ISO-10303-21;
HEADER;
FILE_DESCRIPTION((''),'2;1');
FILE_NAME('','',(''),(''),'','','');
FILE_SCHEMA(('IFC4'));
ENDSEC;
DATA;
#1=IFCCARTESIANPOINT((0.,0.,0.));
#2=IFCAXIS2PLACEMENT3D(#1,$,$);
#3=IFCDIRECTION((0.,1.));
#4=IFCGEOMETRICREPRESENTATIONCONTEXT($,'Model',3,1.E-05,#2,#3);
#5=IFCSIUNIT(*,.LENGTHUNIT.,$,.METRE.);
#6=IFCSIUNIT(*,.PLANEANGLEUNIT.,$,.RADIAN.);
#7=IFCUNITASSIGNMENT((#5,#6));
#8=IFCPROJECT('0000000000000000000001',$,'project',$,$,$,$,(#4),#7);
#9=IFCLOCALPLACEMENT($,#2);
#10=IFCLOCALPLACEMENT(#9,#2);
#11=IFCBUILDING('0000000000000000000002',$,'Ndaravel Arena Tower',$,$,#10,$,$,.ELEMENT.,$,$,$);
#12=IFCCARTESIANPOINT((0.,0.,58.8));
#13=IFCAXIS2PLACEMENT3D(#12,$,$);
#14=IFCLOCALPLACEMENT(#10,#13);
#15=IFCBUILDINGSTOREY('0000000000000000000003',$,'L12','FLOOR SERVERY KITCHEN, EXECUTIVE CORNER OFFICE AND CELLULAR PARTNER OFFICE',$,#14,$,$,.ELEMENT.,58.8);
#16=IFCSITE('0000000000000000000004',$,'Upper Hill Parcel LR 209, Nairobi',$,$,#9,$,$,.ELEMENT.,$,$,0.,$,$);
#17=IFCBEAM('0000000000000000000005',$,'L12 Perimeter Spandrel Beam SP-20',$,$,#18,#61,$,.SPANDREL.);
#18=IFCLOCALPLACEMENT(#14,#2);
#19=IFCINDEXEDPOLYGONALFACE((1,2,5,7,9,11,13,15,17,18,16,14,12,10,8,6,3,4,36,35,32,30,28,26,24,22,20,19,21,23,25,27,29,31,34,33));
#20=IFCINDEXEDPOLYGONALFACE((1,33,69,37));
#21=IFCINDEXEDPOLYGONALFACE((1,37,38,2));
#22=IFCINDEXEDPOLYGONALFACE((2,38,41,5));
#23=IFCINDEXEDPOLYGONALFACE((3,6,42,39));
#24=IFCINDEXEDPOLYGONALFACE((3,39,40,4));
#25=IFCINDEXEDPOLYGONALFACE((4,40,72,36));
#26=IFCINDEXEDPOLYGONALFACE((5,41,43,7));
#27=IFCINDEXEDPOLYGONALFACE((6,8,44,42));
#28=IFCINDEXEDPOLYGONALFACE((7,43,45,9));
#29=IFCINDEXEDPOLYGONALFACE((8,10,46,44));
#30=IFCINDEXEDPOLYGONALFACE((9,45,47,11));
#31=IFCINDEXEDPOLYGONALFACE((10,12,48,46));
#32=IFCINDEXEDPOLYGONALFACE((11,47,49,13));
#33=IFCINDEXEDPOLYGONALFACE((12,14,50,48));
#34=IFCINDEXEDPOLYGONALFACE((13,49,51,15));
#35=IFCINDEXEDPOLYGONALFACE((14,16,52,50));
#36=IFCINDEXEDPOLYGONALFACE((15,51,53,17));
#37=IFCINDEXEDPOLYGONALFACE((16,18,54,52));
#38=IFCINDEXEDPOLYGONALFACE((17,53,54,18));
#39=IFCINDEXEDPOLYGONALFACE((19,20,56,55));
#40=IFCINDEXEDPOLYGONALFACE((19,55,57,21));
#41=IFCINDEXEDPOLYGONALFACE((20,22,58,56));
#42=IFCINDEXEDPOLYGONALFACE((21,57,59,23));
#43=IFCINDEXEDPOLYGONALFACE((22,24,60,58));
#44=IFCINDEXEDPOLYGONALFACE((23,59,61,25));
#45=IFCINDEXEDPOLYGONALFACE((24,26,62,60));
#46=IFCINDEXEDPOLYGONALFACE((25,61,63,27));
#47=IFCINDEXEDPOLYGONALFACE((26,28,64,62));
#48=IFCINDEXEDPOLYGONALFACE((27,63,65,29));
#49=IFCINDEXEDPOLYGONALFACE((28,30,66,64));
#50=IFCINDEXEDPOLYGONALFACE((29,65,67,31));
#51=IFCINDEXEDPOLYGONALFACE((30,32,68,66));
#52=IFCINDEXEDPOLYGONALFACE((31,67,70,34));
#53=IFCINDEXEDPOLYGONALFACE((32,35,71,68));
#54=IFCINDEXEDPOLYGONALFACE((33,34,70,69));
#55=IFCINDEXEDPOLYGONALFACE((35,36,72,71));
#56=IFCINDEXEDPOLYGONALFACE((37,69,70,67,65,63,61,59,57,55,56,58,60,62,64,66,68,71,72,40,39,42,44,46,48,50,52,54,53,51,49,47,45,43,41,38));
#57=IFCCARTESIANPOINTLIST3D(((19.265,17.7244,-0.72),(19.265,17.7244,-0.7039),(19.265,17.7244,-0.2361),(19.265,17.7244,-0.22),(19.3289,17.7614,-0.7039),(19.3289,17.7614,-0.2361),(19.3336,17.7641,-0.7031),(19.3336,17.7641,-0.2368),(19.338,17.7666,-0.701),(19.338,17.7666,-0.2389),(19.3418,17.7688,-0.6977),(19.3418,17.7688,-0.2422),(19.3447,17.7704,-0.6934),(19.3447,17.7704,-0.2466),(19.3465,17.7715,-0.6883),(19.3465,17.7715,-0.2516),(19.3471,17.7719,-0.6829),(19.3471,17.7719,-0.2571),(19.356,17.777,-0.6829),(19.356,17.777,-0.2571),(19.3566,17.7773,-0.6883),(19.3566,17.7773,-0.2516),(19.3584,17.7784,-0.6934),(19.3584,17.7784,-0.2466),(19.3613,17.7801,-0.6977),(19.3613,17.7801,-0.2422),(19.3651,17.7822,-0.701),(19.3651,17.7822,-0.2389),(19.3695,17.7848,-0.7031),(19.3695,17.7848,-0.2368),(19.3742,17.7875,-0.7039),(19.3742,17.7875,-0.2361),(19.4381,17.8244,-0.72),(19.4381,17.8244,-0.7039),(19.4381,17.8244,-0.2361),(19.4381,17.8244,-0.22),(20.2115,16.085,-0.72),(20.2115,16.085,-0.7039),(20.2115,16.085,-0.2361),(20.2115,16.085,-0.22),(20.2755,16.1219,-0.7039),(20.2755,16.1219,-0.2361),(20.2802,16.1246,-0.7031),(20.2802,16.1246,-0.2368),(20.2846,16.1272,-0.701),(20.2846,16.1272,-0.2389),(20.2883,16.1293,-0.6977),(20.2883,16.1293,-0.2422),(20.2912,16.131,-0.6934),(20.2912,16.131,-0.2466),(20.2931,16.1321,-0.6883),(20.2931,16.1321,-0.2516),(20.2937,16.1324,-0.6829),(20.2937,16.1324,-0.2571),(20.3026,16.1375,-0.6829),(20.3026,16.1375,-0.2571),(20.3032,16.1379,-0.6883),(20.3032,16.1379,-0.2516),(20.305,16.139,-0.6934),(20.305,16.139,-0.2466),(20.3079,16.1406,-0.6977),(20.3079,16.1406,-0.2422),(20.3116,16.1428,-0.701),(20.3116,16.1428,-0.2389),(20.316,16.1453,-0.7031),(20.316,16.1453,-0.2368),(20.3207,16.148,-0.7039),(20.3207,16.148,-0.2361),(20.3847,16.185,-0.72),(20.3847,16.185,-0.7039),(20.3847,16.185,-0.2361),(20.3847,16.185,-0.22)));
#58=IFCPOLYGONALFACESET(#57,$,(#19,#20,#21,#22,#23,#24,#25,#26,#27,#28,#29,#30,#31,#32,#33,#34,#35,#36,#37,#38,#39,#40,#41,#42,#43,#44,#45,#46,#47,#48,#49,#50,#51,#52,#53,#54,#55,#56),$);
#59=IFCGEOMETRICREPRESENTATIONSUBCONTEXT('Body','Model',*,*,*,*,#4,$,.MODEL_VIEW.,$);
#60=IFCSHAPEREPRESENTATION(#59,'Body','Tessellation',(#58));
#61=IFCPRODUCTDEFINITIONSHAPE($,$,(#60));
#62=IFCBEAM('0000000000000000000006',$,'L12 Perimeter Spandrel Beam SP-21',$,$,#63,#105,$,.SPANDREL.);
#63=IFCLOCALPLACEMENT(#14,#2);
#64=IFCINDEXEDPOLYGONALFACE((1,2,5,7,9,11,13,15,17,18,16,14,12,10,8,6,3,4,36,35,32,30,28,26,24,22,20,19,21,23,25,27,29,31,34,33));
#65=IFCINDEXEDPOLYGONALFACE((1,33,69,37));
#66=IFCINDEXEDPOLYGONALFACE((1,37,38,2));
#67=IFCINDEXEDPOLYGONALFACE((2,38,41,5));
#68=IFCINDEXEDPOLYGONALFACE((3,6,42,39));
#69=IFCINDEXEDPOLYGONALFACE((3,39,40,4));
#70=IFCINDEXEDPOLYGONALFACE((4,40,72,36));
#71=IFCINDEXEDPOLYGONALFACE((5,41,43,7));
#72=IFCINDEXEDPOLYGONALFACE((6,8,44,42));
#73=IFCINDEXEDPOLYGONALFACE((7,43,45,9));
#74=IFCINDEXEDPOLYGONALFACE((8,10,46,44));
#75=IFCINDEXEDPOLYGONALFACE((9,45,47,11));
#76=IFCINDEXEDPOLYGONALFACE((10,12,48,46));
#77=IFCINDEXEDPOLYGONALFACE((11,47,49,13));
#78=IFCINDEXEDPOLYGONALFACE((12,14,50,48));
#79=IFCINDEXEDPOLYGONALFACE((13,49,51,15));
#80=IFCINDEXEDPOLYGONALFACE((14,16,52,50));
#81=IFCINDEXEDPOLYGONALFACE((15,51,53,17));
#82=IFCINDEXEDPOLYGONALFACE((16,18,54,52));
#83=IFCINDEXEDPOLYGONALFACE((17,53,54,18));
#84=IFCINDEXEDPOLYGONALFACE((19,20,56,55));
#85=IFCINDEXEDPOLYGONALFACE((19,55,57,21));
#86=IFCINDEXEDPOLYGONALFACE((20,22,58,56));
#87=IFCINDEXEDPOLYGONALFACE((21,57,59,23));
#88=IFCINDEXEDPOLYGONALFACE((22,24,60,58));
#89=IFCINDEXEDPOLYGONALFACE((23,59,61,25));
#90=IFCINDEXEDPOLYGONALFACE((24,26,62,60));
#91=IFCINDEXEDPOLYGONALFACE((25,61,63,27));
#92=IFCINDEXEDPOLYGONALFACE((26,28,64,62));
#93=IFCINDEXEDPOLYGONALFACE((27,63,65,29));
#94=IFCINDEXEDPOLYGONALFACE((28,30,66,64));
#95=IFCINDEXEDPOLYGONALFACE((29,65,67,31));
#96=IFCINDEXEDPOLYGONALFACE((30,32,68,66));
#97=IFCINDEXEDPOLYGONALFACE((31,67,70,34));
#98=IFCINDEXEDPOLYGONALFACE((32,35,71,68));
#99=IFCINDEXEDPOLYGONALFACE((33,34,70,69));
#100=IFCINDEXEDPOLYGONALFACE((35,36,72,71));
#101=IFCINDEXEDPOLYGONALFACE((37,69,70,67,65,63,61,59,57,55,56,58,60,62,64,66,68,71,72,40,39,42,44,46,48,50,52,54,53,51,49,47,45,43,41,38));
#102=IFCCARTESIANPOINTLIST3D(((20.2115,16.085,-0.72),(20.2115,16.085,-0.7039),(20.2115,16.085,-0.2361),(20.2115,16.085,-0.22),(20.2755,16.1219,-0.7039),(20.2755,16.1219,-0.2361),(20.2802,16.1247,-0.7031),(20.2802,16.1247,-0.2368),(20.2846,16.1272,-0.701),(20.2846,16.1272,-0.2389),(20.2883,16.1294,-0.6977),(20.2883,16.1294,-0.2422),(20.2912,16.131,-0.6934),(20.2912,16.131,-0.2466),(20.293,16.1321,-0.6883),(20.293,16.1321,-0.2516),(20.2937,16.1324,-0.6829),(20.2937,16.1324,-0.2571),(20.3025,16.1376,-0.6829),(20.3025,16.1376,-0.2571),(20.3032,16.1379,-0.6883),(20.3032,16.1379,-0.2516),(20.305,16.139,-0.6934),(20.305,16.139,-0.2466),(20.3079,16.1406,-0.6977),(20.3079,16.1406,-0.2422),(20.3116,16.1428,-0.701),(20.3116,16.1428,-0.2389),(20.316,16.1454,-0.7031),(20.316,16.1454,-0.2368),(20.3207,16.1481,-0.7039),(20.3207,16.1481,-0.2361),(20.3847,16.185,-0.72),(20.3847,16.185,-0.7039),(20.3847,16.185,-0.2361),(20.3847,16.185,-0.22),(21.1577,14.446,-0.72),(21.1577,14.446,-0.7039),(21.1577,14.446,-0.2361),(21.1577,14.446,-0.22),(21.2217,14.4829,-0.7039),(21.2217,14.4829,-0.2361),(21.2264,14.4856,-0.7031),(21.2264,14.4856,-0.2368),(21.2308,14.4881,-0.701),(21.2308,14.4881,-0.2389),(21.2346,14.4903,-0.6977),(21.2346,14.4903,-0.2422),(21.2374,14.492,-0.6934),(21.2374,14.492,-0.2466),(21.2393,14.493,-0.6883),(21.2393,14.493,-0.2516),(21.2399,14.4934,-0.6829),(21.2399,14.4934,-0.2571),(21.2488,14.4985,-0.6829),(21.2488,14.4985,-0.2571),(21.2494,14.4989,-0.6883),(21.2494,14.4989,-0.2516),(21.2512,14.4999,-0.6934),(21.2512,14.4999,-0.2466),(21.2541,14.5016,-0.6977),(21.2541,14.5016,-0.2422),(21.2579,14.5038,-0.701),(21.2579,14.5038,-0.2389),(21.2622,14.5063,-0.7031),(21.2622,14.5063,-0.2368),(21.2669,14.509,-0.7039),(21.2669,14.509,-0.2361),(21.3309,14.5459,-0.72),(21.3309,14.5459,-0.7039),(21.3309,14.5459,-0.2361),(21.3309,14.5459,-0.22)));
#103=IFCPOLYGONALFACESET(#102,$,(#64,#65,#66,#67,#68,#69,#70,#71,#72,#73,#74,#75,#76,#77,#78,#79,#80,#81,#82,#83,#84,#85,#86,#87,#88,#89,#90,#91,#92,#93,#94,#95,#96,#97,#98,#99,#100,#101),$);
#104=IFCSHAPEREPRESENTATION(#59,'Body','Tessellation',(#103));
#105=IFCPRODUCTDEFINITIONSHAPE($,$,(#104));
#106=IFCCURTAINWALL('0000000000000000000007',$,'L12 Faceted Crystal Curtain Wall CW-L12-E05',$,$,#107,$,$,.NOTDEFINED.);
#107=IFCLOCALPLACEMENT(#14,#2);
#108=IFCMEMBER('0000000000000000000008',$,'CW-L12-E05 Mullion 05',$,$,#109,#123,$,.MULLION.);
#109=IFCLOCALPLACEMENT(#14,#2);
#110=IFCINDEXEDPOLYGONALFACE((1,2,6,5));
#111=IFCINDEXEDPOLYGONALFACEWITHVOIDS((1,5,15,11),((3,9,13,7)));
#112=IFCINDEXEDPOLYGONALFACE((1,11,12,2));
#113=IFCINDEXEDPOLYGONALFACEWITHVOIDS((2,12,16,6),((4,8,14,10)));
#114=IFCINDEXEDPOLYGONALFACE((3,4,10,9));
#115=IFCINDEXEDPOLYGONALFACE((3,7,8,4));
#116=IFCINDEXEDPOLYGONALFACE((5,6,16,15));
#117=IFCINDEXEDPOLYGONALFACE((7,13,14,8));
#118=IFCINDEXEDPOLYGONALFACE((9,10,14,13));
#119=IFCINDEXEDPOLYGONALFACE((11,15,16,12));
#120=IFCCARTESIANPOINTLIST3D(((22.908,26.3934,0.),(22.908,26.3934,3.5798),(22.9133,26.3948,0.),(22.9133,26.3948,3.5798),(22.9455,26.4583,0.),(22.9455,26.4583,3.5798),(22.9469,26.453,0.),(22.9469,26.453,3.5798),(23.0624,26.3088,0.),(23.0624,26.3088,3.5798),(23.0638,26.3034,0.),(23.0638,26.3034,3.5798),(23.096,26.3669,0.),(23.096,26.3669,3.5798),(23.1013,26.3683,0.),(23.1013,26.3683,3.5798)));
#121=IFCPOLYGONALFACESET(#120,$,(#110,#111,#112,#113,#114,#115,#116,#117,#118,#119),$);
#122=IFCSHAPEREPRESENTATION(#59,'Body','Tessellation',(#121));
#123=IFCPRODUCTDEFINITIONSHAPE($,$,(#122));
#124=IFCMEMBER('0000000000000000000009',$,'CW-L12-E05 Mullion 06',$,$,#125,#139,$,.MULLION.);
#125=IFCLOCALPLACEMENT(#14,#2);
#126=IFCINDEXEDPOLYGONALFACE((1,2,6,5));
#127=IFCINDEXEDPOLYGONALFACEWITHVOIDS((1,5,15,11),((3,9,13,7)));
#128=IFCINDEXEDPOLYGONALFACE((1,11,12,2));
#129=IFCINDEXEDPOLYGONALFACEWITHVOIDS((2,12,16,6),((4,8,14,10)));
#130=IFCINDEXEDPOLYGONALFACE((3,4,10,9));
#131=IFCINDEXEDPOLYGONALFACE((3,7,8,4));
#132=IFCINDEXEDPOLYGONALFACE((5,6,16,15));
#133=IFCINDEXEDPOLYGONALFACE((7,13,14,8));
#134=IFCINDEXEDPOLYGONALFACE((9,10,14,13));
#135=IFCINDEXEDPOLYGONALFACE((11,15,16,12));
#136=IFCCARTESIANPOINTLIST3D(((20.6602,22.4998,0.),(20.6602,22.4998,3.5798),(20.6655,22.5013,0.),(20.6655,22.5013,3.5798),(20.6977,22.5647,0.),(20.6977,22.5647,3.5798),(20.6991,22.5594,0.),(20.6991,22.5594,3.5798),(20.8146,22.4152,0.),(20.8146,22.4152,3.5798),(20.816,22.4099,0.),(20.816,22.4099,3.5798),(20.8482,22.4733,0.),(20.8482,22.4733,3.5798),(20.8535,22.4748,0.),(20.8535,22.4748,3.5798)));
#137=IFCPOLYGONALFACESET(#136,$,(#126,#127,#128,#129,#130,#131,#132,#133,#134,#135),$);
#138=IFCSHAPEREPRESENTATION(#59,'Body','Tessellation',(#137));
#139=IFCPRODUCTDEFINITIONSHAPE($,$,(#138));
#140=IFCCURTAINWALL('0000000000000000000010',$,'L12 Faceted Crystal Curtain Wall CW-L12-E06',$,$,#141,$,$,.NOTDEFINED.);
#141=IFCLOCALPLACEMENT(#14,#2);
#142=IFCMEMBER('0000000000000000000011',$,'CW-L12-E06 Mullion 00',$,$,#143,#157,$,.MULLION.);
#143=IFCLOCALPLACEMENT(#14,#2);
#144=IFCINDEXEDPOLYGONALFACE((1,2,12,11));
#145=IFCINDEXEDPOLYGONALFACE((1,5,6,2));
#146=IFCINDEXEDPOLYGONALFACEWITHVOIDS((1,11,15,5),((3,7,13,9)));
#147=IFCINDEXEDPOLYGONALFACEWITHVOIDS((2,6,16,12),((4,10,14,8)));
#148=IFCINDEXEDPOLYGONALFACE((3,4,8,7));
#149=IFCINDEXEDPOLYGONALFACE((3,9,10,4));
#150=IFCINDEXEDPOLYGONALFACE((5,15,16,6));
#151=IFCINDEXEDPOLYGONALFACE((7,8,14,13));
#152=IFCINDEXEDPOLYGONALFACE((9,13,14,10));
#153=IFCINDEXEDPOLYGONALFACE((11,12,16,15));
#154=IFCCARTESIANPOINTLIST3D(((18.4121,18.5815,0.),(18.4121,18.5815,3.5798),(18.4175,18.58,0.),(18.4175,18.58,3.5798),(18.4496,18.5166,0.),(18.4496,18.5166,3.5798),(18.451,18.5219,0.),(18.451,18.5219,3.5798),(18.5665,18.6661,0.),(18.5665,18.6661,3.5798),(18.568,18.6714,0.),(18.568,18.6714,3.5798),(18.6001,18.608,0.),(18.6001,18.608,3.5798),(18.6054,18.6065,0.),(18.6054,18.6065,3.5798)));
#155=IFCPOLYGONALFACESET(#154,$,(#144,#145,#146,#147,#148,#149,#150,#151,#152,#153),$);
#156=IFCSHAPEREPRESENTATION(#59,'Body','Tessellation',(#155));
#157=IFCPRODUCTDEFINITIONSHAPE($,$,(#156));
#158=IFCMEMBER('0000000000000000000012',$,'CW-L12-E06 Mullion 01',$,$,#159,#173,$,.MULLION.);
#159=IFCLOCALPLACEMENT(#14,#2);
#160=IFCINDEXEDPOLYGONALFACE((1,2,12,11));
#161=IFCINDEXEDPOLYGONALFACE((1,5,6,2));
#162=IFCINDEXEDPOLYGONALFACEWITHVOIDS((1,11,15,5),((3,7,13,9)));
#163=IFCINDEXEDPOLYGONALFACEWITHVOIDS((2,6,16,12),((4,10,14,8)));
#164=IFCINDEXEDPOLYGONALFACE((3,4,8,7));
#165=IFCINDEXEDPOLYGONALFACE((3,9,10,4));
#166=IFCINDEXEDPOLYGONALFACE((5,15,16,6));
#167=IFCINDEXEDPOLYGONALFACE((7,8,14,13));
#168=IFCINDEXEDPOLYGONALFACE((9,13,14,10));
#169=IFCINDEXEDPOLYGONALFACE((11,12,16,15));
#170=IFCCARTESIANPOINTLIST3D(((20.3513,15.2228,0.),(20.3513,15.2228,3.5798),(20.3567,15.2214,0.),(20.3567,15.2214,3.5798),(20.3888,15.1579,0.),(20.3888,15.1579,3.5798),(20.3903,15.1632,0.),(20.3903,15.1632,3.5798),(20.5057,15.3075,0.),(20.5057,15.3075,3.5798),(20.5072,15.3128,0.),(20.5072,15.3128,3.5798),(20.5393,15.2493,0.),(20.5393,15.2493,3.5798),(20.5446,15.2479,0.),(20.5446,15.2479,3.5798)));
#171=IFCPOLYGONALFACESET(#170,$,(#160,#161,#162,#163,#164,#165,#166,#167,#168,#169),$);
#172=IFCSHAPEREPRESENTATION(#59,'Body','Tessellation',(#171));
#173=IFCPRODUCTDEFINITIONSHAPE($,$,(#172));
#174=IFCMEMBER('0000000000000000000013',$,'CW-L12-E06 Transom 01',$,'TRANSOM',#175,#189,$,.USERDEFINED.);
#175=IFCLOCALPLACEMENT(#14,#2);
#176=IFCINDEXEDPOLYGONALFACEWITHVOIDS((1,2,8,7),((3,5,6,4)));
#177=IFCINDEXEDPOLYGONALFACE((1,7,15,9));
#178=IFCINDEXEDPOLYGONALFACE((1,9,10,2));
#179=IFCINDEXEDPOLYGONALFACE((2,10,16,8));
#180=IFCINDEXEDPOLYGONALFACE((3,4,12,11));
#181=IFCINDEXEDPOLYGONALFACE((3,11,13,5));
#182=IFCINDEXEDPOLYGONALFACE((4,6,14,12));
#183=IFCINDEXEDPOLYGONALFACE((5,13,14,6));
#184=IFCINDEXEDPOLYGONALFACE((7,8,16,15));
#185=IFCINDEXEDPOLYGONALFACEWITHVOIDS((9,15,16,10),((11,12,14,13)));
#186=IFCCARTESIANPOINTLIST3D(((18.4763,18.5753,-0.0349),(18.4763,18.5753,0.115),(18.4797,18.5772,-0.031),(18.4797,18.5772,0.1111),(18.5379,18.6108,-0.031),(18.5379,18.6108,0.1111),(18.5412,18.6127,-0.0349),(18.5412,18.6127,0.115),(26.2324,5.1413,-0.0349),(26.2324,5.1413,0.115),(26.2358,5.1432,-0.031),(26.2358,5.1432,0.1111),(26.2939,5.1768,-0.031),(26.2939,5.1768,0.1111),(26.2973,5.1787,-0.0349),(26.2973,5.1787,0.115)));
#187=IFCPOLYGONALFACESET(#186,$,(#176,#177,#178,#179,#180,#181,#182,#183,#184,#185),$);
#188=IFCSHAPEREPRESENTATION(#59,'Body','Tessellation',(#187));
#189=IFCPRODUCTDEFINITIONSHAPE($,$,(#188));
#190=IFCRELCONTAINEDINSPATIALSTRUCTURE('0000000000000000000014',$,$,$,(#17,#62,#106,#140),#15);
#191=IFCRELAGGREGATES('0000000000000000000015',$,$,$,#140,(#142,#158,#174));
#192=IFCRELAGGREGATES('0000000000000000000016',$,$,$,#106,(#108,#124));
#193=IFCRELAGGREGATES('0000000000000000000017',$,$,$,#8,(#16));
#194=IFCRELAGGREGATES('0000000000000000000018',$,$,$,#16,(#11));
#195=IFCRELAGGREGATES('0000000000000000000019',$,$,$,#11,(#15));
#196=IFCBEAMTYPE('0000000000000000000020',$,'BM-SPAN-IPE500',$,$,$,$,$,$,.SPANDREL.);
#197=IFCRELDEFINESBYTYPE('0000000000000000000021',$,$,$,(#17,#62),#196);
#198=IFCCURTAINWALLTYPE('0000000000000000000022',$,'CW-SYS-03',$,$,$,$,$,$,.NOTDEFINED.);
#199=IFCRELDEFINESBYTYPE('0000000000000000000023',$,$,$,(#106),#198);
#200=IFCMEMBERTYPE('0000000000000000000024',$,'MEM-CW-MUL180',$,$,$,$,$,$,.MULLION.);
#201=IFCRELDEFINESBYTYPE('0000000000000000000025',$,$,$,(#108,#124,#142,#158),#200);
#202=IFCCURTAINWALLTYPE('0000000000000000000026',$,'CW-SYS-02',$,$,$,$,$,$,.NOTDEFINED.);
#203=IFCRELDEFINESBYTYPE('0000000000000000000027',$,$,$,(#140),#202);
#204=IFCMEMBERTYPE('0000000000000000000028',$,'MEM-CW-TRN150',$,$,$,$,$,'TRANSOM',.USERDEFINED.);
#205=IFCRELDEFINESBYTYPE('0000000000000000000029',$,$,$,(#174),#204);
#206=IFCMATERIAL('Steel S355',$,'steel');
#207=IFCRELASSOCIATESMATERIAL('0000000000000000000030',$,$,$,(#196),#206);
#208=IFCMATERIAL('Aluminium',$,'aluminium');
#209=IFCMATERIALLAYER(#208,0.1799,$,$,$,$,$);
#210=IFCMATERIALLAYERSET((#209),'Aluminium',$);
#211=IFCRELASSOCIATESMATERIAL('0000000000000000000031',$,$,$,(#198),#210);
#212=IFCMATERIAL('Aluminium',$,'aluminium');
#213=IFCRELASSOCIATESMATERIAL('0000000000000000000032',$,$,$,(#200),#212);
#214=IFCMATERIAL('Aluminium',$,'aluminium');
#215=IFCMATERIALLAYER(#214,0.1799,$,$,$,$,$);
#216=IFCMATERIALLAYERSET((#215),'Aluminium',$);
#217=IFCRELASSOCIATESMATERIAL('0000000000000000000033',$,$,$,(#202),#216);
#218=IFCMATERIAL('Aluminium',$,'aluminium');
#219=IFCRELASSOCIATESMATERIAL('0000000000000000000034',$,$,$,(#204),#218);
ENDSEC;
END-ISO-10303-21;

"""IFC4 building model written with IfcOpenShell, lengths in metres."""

from ifc_helpers import new_model, si_unit, direction, frame, origin, origin_2d, place, context, subcontext, project, spatial, hollow_rectangle, i_section, extrude, material, layer, layer_set, material_profile, profile_set, type_object, element, aggregate, save


model = new_model("IFC4")

# Units and contexts
model_context = context("Model", 3, precision=1e-05, world=origin(), true_north=direction((0.0, 1.0)))
body_context = subcontext(model_context, "Body", "Model", "MODEL_VIEW")
ifc_project = project(units=[si_unit("LENGTHUNIT", "METRE"), si_unit("PLANEANGLEUNIT", "RADIAN")], contexts=[model_context])

# Site, building, storey
site_placement = place(None, origin())
site = spatial("IfcSite", under=ifc_project, at=site_placement, Name="Upper Hill Parcel LR 209, Nairobi", CompositionType="ELEMENT", RefElevation=0.0)
building_placement = place(site_placement, origin())
building = spatial("IfcBuilding", under=site, at=building_placement, Name="Ndaravel Arena Tower", CompositionType="ELEMENT")
storey_placement = place(building_placement, frame((0.0, 0.0, 58.8)))
storey = spatial("IfcBuildingStorey", under=building, at=storey_placement, Name="L12", Description="FLOOR SERVERY KITCHEN, EXECUTIVE CORNER OFFICE AND CELLULAR PARTNER OFFICE", CompositionType="ELEMENT", Elevation=58.8)

# Beams
ifc_material_1 = material(Name="Steel S355", Category="steel")
ifc_material_profile_1 = material_profile(ifc_material_1, i_section(OverallWidth=0.2, OverallDepth=0.5, WebThickness=0.0103, FlangeThickness=0.0161, FilletRadius=0.021, at=origin_2d()), Name="IPE 500")
ifc_profile_set_1 = profile_set([ifc_material_profile_1], Name="Steel S355")
beam_type_1 = type_object("IfcBeamType", Name="BM-SPAN-IPE500", PredefinedType="SPANDREL", material=ifc_profile_set_1)
beam_1_placement = place(storey_placement, frame((19.3516, 17.7744, -0.47), z_axis=(0.500009, -0.86602, 0.0), x_axis=(0.86602, 0.500009, 0.0)))
element("IfcBeam", 1, at=beam_1_placement, inside=storey, type_object=beam_type_1, Name="L12 Perimeter Spandrel Beam SP-20", PredefinedType="SPANDREL", context=body_context, shape_type="SweptSolid", body=[
    extrude(i_section(OverallWidth=0.2, OverallDepth=0.5, WebThickness=0.0103, FlangeThickness=0.0161, FilletRadius=0.021, at=origin_2d()), origin(), (0.0, 0.0, 1.0), 1.8931),
])
beam_2_placement = place(storey_placement, frame((20.2981, 16.135, -0.47), z_axis=(0.499968, -0.866044, 0.0), x_axis=(0.866044, 0.499968, 0.0)))
element("IfcBeam", 2, at=beam_2_placement, inside=storey, type_object=beam_type_1, Name="L12 Perimeter Spandrel Beam SP-21", PredefinedType="SPANDREL", context=body_context, shape_type="SweptSolid", body=[
    extrude(i_section(OverallWidth=0.2, OverallDepth=0.5, WebThickness=0.0103, FlangeThickness=0.0161, FilletRadius=0.021, at=origin_2d()), origin(), (0.0, 0.0, 1.0), 1.8926),
])

# Curtain wall, members
ifc_material_2 = material(Name="Aluminium", Category="aluminium")
ifc_layer_1 = layer(ifc_material_2, 0.1799)
ifc_layer_set_1 = layer_set([ifc_layer_1], Name="Aluminium")
curtain_wall_type_1 = type_object("IfcCurtainWallType", Name="CW-SYS-03", PredefinedType="NOTDEFINED", material=ifc_layer_set_1)
curtain_wall_1_placement = place(storey_placement, origin())
curtain_wall_1 = element("IfcCurtainWall", 3, at=curtain_wall_1_placement, inside=storey, type_object=curtain_wall_type_1, Name="L12 Faceted Crystal Curtain Wall CW-L12-E05", PredefinedType="NOTDEFINED")
ifc_material_3 = material(Name="Aluminium", Category="aluminium")
ifc_material_profile_2 = material_profile(ifc_material_3, hollow_rectangle(XDim=0.075, YDim=0.1799, WallThickness=0.0039, at=origin_2d()), Name="CW MULLION 75x180x4")
ifc_profile_set_2 = profile_set([ifc_material_profile_2], Name="Aluminium")
member_type_1 = type_object("IfcMemberType", Name="MEM-CW-MUL180", PredefinedType="MULLION", material=ifc_profile_set_2)
member_1_placement = place(storey_placement, frame((23.0046, 26.3809, 0.0), z_axis=(0.0, 0.0, 1.0), x_axis=(-0.5, -0.866025, 0.0)))
member_1 = element("IfcMember", 4, at=member_1_placement, type_object=member_type_1, Name="CW-L12-E05 Mullion 05", PredefinedType="MULLION", context=body_context, shape_type="SweptSolid", body=[
    extrude(hollow_rectangle(XDim=0.075, YDim=0.1799, WallThickness=0.0039, at=origin_2d()), origin(), (0.0, 0.0, 1.0), 3.5798),
])
member_2_placement = place(storey_placement, frame((20.7568, 22.4873, 0.0), z_axis=(0.0, 0.0, 1.0), x_axis=(-0.5, -0.866025, 0.0)))
member_2 = element("IfcMember", 5, at=member_2_placement, type_object=member_type_1, Name="CW-L12-E05 Mullion 06", PredefinedType="MULLION", context=body_context, shape_type="SweptSolid", body=[
    extrude(hollow_rectangle(XDim=0.075, YDim=0.1799, WallThickness=0.0039, at=origin_2d()), origin(), (0.0, 0.0, 1.0), 3.5798),
])

# Curtain wall, members
ifc_material_4 = material(Name="Aluminium", Category="aluminium")
ifc_layer_2 = layer(ifc_material_4, 0.1799)
ifc_layer_set_2 = layer_set([ifc_layer_2], Name="Aluminium")
curtain_wall_type_2 = type_object("IfcCurtainWallType", Name="CW-SYS-02", PredefinedType="NOTDEFINED", material=ifc_layer_set_2)
curtain_wall_2_placement = place(storey_placement, origin())
curtain_wall_2 = element("IfcCurtainWall", 6, at=curtain_wall_2_placement, inside=storey, type_object=curtain_wall_type_2, Name="L12 Faceted Crystal Curtain Wall CW-L12-E06", PredefinedType="NOTDEFINED")
member_3_placement = place(storey_placement, frame((18.5088, 18.594, 0.0), z_axis=(0.0, 0.0, 1.0), x_axis=(0.5, -0.866025, 0.0)))
member_3 = element("IfcMember", 7, at=member_3_placement, type_object=member_type_1, Name="CW-L12-E06 Mullion 00", PredefinedType="MULLION", context=body_context, shape_type="SweptSolid", body=[
    extrude(hollow_rectangle(XDim=0.075, YDim=0.1799, WallThickness=0.0039, at=origin_2d()), origin(), (0.0, 0.0, 1.0), 3.5798),
])
member_4_placement = place(storey_placement, frame((20.448, 15.2354, 0.0), z_axis=(0.0, 0.0, 1.0), x_axis=(0.5, -0.866025, 0.0)))
member_4 = element("IfcMember", 8, at=member_4_placement, type_object=member_type_1, Name="CW-L12-E06 Mullion 01", PredefinedType="MULLION", context=body_context, shape_type="SweptSolid", body=[
    extrude(hollow_rectangle(XDim=0.075, YDim=0.1799, WallThickness=0.0039, at=origin_2d()), origin(), (0.0, 0.0, 1.0), 3.5798),
])
ifc_material_5 = material(Name="Aluminium", Category="aluminium")
ifc_material_profile_3 = material_profile(ifc_material_5, hollow_rectangle(XDim=0.075, YDim=0.1499, WallThickness=0.0039, at=origin_2d()), Name="CW TRANSOM 75x150x4")
ifc_profile_set_3 = profile_set([ifc_material_profile_3], Name="Aluminium")
member_type_2 = type_object("IfcMemberType", Name="MEM-CW-TRN150", ElementType="TRANSOM", PredefinedType="USERDEFINED", material=ifc_profile_set_3)
member_5_placement = place(storey_placement, frame((18.5088, 18.594, 0.04), z_axis=(0.499997, -0.866027, 0.0), x_axis=(0.866027, 0.499997, 0.0)))
member_5 = element("IfcMember", 9, at=member_5_placement, type_object=member_type_2, Name="CW-L12-E06 Transom 01", ObjectType="TRANSOM", PredefinedType="USERDEFINED", context=body_context, shape_type="SweptSolid", body=[
    extrude(hollow_rectangle(XDim=0.075, YDim=0.1499, WallThickness=0.0039, at=origin_2d()), origin(), (0.0, 0.0, 1.0), 15.5122),
])
aggregate(curtain_wall_2, [member_3, member_4, member_5])

aggregate(curtain_wall_1, [member_1, member_2])

save(model, "model.ifc")
